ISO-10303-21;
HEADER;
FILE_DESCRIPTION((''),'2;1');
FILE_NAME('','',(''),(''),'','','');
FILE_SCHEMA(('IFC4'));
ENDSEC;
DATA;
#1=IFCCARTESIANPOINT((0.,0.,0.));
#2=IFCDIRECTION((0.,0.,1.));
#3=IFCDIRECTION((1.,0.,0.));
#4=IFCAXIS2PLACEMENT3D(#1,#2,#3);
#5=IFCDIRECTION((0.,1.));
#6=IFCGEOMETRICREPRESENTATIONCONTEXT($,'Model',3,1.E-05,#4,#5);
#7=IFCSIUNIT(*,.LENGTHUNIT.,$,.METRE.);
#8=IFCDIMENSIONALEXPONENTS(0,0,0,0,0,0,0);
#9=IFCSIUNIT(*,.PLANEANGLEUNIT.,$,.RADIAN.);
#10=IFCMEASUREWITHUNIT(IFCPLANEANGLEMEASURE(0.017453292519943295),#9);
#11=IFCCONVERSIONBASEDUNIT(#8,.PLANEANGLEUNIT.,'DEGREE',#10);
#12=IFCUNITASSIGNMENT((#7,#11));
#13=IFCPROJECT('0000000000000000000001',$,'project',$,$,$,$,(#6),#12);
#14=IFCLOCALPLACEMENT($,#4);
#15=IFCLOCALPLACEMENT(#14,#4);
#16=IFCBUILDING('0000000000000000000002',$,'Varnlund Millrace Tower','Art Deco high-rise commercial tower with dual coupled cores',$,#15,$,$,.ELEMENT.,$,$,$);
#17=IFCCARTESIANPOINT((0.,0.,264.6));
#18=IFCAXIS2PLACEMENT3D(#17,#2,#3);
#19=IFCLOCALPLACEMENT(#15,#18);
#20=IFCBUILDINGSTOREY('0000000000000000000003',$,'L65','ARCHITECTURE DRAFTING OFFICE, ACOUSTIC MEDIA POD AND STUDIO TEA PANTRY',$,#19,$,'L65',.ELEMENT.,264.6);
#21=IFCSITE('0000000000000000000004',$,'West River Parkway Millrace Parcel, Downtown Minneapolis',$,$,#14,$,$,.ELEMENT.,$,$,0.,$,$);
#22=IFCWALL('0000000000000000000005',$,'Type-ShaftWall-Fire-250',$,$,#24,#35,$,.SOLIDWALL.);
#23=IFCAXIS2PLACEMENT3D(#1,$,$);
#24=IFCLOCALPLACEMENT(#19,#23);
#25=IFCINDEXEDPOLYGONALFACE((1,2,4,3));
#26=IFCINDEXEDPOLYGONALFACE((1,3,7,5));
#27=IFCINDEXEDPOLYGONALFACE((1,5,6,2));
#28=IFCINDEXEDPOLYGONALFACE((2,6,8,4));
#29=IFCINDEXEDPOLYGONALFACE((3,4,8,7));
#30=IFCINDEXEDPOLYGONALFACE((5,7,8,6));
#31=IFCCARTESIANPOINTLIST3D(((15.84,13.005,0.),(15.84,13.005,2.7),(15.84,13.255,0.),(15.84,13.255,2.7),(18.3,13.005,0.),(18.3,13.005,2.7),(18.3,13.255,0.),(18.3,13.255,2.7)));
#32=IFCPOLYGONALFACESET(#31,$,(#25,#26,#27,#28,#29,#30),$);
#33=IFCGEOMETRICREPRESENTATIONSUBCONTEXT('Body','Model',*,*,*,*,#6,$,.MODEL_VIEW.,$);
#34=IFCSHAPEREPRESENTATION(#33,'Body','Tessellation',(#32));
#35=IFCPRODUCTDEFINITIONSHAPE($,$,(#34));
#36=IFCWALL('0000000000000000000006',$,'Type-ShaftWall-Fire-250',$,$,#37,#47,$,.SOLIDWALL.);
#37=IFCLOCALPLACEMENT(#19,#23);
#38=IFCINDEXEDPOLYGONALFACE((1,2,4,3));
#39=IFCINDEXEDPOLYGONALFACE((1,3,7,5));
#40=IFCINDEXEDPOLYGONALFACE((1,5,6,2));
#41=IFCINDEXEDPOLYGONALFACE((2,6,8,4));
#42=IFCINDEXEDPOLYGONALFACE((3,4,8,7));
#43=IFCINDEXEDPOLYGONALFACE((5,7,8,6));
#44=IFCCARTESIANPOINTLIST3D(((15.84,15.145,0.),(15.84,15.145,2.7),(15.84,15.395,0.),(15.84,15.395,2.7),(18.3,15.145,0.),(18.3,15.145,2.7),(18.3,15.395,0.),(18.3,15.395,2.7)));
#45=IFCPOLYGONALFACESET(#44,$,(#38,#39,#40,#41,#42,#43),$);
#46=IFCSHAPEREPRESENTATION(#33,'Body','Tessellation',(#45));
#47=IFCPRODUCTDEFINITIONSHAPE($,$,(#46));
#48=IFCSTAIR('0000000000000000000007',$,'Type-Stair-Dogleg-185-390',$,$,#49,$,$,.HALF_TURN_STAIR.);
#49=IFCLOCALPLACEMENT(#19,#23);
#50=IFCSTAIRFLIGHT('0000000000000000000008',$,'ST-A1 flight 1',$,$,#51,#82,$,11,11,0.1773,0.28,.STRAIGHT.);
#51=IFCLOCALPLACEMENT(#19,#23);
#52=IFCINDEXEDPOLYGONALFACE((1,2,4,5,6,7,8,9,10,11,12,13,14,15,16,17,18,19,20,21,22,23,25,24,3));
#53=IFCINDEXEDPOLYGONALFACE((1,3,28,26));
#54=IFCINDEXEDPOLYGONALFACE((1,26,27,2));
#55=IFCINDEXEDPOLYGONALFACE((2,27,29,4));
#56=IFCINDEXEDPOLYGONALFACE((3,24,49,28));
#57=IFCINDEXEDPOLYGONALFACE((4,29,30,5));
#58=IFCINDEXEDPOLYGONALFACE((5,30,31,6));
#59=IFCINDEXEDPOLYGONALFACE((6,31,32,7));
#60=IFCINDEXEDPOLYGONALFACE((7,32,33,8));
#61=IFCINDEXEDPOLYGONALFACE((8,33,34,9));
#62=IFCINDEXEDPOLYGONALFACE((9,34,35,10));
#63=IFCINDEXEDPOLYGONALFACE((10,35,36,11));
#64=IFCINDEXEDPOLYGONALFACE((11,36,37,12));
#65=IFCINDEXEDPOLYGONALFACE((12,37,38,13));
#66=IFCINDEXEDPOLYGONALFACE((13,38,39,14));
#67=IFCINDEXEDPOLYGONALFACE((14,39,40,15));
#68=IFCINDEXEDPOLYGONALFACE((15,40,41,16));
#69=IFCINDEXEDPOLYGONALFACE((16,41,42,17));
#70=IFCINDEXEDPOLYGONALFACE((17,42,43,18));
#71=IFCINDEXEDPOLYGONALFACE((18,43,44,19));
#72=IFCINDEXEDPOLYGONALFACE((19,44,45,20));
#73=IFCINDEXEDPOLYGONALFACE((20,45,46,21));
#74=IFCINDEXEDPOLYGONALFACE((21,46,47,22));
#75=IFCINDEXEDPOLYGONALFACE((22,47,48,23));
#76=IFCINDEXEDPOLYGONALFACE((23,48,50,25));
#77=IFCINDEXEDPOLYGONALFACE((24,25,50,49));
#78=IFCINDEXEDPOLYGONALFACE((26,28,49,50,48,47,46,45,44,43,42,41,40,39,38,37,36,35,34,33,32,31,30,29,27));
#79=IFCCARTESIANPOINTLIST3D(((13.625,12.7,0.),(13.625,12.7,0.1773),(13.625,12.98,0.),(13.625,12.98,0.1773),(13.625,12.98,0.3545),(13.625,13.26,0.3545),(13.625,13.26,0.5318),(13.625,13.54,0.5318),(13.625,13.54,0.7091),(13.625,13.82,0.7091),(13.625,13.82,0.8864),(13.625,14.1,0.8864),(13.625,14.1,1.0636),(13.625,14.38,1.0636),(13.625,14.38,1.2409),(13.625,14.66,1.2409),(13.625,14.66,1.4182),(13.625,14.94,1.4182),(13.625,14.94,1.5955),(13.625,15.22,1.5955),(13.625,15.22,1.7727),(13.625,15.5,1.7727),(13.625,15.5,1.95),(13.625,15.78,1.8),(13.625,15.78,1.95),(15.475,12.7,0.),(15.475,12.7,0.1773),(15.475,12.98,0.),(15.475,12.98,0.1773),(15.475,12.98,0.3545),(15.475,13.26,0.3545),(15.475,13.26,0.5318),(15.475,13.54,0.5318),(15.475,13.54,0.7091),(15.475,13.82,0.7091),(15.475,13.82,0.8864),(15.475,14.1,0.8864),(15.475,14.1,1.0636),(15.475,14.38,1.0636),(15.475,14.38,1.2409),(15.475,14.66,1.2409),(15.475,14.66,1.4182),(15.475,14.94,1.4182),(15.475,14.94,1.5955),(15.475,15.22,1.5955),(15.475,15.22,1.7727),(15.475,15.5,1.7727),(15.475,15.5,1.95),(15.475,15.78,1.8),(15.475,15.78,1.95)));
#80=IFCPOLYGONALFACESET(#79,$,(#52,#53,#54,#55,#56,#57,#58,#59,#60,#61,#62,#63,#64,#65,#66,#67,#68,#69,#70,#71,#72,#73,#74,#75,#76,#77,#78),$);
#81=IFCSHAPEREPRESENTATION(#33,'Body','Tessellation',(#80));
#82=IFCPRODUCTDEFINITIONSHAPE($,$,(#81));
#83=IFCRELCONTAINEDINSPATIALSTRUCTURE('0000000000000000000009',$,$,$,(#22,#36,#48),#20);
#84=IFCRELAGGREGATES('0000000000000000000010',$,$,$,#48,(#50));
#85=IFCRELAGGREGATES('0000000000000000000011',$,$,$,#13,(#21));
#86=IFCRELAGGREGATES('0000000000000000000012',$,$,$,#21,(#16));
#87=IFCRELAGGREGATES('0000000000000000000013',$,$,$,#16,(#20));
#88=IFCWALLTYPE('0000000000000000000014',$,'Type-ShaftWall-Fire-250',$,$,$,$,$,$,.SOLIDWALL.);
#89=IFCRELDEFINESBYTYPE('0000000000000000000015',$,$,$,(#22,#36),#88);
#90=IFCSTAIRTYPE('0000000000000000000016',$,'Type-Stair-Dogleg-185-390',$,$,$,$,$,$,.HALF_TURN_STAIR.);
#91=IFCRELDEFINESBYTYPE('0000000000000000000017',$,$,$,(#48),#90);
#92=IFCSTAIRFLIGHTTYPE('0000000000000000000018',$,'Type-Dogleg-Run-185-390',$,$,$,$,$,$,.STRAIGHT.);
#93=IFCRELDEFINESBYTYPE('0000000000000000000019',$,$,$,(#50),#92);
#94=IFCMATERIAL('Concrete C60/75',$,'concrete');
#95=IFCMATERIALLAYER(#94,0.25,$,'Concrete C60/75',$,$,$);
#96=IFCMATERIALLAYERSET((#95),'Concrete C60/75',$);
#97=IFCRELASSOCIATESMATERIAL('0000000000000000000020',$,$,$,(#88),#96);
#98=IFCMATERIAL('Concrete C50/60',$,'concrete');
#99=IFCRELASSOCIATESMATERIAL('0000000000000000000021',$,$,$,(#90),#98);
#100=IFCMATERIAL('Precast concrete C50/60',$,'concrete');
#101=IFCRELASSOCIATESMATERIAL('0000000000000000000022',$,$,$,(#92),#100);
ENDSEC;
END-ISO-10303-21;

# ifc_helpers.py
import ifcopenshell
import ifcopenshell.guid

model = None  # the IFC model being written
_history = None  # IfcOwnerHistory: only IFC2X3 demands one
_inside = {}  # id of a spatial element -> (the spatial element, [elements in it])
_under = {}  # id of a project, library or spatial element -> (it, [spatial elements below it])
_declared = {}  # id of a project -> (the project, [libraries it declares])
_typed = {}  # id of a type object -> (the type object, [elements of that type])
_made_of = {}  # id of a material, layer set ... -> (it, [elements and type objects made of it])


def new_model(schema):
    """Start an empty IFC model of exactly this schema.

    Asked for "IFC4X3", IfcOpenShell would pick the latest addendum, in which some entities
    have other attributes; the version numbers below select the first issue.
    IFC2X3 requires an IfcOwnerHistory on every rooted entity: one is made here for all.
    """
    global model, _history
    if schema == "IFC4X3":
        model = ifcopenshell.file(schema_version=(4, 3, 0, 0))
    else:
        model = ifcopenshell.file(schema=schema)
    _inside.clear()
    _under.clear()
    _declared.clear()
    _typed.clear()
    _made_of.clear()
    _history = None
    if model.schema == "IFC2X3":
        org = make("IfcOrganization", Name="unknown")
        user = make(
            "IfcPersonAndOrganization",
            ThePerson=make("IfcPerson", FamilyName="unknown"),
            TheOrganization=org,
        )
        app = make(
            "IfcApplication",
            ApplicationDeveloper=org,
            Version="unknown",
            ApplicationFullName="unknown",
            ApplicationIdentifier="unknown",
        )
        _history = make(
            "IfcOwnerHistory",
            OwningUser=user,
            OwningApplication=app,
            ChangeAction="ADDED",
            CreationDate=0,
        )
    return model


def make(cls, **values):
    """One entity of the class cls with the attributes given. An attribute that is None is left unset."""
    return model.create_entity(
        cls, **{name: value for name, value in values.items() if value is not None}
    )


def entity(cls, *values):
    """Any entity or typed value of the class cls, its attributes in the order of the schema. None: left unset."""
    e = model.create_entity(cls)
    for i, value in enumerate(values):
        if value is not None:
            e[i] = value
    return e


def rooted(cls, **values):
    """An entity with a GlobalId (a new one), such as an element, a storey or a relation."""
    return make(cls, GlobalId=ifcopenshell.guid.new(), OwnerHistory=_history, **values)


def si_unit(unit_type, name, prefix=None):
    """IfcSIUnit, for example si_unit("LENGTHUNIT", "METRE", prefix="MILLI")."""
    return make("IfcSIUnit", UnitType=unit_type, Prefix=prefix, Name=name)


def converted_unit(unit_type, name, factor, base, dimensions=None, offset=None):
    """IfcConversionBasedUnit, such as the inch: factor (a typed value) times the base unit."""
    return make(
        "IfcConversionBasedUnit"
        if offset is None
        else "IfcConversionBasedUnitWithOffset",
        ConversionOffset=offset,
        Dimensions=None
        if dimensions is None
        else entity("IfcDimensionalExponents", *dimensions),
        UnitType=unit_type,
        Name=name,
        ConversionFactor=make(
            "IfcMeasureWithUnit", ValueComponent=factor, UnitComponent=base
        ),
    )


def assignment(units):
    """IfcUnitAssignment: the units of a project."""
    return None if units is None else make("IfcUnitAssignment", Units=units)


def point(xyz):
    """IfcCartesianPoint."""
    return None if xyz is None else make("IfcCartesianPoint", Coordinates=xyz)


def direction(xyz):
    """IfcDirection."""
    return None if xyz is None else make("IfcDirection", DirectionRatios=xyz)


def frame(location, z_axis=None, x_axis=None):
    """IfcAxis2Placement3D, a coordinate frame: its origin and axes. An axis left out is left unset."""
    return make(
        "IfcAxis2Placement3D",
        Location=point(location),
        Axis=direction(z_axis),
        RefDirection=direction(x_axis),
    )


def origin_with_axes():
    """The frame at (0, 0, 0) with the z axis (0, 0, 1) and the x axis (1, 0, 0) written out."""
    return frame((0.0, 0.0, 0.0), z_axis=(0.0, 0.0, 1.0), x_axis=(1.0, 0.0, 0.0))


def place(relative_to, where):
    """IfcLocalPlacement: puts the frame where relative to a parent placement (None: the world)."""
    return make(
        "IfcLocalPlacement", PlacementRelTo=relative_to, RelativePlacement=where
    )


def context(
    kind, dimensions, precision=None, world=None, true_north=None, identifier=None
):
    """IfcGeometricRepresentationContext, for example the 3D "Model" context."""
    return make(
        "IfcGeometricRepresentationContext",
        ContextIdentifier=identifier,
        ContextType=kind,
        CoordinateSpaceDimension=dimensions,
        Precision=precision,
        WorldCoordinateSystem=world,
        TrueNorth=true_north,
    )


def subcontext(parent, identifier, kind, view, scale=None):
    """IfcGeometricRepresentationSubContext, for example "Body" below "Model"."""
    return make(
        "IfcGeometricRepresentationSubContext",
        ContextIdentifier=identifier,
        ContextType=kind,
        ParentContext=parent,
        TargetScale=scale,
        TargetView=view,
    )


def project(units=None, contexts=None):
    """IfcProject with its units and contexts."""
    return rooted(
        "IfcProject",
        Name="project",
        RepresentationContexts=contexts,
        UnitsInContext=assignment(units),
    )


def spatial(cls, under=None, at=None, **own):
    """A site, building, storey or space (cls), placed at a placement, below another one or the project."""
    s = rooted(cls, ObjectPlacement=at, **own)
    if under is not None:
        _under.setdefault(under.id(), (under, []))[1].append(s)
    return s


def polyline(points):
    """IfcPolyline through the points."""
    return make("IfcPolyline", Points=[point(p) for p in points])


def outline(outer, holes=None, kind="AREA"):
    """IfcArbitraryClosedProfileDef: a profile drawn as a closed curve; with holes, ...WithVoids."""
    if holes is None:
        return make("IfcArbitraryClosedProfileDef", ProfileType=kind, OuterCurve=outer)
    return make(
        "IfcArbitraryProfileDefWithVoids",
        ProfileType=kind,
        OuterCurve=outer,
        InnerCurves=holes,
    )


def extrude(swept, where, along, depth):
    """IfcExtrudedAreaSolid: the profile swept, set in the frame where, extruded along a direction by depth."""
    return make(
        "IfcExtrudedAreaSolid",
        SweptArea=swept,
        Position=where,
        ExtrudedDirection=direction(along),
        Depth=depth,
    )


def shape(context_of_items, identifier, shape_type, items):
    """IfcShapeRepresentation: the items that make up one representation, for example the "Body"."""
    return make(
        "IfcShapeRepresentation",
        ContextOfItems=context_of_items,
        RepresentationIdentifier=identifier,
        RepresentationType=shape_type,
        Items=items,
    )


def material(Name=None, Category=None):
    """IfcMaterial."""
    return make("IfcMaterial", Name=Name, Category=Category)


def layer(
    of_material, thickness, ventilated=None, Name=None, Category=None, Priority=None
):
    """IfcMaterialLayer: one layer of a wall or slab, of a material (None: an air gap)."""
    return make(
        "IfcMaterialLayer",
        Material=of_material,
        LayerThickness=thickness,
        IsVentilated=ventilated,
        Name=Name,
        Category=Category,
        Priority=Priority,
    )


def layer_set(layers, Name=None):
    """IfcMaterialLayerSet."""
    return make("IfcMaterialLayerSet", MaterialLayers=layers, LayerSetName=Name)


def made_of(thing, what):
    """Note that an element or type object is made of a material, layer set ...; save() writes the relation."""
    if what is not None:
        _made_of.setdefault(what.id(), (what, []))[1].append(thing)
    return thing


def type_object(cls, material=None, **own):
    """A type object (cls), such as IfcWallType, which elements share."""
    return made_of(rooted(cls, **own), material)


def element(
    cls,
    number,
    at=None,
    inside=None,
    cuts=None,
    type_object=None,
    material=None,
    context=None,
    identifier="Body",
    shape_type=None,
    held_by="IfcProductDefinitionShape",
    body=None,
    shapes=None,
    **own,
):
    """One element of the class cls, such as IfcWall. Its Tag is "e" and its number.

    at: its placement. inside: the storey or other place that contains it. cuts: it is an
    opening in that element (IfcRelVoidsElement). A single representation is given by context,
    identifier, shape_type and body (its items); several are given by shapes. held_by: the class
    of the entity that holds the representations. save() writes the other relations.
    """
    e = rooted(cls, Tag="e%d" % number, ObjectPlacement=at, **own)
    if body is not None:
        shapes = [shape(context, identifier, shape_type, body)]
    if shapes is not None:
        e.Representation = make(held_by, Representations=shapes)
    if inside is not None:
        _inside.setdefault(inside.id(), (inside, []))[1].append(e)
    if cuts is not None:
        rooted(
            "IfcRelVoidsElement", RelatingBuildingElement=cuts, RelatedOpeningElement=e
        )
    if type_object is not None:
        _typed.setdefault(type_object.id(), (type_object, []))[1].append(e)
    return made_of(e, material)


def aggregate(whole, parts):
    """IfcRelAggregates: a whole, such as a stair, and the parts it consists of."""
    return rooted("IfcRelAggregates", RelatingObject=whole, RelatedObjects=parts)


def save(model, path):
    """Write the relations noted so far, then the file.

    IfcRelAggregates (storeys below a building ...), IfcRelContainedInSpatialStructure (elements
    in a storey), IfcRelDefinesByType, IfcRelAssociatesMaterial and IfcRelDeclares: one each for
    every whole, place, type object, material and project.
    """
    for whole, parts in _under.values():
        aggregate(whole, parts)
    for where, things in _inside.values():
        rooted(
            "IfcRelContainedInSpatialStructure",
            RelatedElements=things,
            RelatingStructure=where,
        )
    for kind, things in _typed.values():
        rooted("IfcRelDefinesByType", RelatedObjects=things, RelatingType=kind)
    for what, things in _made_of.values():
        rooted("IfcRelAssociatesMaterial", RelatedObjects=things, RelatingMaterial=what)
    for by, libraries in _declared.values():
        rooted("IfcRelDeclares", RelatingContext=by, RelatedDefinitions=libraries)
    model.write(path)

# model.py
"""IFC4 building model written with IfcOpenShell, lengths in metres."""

from ifc_helpers import new_model, entity, si_unit, converted_unit, direction, frame, origin_with_axes, place, context, subcontext, project, spatial, polyline, outline, extrude, material, layer, layer_set, type_object, element, aggregate, save


model = new_model("IFC4")

# Units and contexts
model_context = context("Model", 3, precision=1e-05, world=origin_with_axes(), true_north=direction((0.0, 1.0)))
body_context = subcontext(model_context, "Body", "Model", "MODEL_VIEW")
ifc_project = project(units=[si_unit("LENGTHUNIT", "METRE"), converted_unit("PLANEANGLEUNIT", "DEGREE", entity("IfcPlaneAngleMeasure", 0.017453292519943295), si_unit("PLANEANGLEUNIT", "RADIAN"), dimensions=[0, 0, 0, 0, 0, 0, 0])], contexts=[model_context])

# Site, building, storey
site_placement = place(None, origin_with_axes())
site = spatial("IfcSite", under=ifc_project, at=site_placement, Name="West River Parkway Millrace Parcel, Downtown Minneapolis", CompositionType="ELEMENT", RefElevation=0.0)
building_placement = place(site_placement, origin_with_axes())
building = spatial("IfcBuilding", under=site, at=building_placement, Name="Varnlund Millrace Tower", Description="Art Deco high-rise commercial tower with dual coupled cores", CompositionType="ELEMENT")
storey_placement = place(building_placement, frame((0.0, 0.0, 264.6), z_axis=(0.0, 0.0, 1.0), x_axis=(1.0, 0.0, 0.0)))
storey = spatial("IfcBuildingStorey", under=building, at=storey_placement, Name="L65", Description="ARCHITECTURE DRAFTING OFFICE, ACOUSTIC MEDIA POD AND STUDIO TEA PANTRY", LongName="L65", CompositionType="ELEMENT", Elevation=264.6)

# Shared definitions
ifc_material_1 = material(Name="Concrete C60/75", Category="concrete")

# Walls
ifc_layer_1 = layer(ifc_material_1, 0.25, Name="Concrete C60/75")
ifc_layer_set_1 = layer_set([ifc_layer_1], Name="Concrete C60/75")
wall_type_1 = type_object("IfcWallType", Name="Type-ShaftWall-Fire-250", PredefinedType="SOLIDWALL", material=ifc_layer_set_1)
for number, where, z_axis, x_axis, name in (
    (1, (15.84, 13.13, 0.0), (0.0, 0.0, 1.0), (1.0, 0.0, 0.0), "Type-ShaftWall-Fire-250"),
    (2, (15.84, 15.27, 0.0), (0.0, 0.0, 1.0), (1.0, 0.0, 0.0), "Type-ShaftWall-Fire-250"),
):
    element("IfcWall", number, at=place(storey_placement, frame(where, z_axis=z_axis, x_axis=x_axis)), inside=storey, type_object=wall_type_1, Name=name, PredefinedType="SOLIDWALL", context=body_context, shape_type="SweptSolid", body=[
        extrude(outline(polyline([(0.0, -0.125), (2.46, -0.125), (2.46, 0.125), (0.0, 0.125), (0.0, -0.125)])), origin_with_axes(), (0.0, 0.0, 1.0), 2.7),
    ])

# Stair, stair flight
ifc_material_2 = material(Name="Concrete C50/60", Category="concrete")
stair_type = type_object("IfcStairType", Name="Type-Stair-Dogleg-185-390", PredefinedType="HALF_TURN_STAIR", material=ifc_material_2)
stair_placement = place(storey_placement, origin_with_axes())
stair = element("IfcStair", 3, at=stair_placement, inside=storey, type_object=stair_type, Name="Type-Stair-Dogleg-185-390", PredefinedType="HALF_TURN_STAIR")
ifc_material_3 = material(Name="Precast concrete C50/60", Category="concrete")
stair_flight_type = type_object("IfcStairFlightType", Name="Type-Dogleg-Run-185-390", PredefinedType="STRAIGHT", material=ifc_material_3)
stair_flight_placement = place(storey_placement, frame((13.625, 12.7, 0.0), z_axis=(1.0, 0.0, 0.0), x_axis=(0.0, 1.0, 0.0)))
stair_flight = element("IfcStairFlight", 4, at=stair_flight_placement, type_object=stair_flight_type, Name="ST-A1 flight 1", NumberOfRisers=11, NumberOfTreads=11, PredefinedType="STRAIGHT", RiserHeight=0.1773, TreadLength=0.28, context=body_context, shape_type="SweptSolid", body=[
    extrude(outline(polyline([(0.0, 0.0), (0.0, 0.1773), (0.28, 0.1773), (0.28, 0.3545), (0.56, 0.3545), (0.56, 0.5318), (0.84, 0.5318), (0.84, 0.7091), (1.12, 0.7091), (1.12, 0.8864), (1.4, 0.8864), (1.4, 1.0636), (1.68, 1.0636), (1.68, 1.2409), (1.96, 1.2409), (1.96, 1.4182), (2.24, 1.4182), (2.24, 1.5955), (2.52, 1.5955), (2.52, 1.7727), (2.8, 1.7727), (2.8, 1.95), (3.08, 1.95), (3.08, 1.8), (0.28, 0.0), (0.0, 0.0)])), origin_with_axes(), (0.0, 0.0, 1.0), 1.85),
])
aggregate(stair, [stair_flight])

save(model, "model.ifc")
